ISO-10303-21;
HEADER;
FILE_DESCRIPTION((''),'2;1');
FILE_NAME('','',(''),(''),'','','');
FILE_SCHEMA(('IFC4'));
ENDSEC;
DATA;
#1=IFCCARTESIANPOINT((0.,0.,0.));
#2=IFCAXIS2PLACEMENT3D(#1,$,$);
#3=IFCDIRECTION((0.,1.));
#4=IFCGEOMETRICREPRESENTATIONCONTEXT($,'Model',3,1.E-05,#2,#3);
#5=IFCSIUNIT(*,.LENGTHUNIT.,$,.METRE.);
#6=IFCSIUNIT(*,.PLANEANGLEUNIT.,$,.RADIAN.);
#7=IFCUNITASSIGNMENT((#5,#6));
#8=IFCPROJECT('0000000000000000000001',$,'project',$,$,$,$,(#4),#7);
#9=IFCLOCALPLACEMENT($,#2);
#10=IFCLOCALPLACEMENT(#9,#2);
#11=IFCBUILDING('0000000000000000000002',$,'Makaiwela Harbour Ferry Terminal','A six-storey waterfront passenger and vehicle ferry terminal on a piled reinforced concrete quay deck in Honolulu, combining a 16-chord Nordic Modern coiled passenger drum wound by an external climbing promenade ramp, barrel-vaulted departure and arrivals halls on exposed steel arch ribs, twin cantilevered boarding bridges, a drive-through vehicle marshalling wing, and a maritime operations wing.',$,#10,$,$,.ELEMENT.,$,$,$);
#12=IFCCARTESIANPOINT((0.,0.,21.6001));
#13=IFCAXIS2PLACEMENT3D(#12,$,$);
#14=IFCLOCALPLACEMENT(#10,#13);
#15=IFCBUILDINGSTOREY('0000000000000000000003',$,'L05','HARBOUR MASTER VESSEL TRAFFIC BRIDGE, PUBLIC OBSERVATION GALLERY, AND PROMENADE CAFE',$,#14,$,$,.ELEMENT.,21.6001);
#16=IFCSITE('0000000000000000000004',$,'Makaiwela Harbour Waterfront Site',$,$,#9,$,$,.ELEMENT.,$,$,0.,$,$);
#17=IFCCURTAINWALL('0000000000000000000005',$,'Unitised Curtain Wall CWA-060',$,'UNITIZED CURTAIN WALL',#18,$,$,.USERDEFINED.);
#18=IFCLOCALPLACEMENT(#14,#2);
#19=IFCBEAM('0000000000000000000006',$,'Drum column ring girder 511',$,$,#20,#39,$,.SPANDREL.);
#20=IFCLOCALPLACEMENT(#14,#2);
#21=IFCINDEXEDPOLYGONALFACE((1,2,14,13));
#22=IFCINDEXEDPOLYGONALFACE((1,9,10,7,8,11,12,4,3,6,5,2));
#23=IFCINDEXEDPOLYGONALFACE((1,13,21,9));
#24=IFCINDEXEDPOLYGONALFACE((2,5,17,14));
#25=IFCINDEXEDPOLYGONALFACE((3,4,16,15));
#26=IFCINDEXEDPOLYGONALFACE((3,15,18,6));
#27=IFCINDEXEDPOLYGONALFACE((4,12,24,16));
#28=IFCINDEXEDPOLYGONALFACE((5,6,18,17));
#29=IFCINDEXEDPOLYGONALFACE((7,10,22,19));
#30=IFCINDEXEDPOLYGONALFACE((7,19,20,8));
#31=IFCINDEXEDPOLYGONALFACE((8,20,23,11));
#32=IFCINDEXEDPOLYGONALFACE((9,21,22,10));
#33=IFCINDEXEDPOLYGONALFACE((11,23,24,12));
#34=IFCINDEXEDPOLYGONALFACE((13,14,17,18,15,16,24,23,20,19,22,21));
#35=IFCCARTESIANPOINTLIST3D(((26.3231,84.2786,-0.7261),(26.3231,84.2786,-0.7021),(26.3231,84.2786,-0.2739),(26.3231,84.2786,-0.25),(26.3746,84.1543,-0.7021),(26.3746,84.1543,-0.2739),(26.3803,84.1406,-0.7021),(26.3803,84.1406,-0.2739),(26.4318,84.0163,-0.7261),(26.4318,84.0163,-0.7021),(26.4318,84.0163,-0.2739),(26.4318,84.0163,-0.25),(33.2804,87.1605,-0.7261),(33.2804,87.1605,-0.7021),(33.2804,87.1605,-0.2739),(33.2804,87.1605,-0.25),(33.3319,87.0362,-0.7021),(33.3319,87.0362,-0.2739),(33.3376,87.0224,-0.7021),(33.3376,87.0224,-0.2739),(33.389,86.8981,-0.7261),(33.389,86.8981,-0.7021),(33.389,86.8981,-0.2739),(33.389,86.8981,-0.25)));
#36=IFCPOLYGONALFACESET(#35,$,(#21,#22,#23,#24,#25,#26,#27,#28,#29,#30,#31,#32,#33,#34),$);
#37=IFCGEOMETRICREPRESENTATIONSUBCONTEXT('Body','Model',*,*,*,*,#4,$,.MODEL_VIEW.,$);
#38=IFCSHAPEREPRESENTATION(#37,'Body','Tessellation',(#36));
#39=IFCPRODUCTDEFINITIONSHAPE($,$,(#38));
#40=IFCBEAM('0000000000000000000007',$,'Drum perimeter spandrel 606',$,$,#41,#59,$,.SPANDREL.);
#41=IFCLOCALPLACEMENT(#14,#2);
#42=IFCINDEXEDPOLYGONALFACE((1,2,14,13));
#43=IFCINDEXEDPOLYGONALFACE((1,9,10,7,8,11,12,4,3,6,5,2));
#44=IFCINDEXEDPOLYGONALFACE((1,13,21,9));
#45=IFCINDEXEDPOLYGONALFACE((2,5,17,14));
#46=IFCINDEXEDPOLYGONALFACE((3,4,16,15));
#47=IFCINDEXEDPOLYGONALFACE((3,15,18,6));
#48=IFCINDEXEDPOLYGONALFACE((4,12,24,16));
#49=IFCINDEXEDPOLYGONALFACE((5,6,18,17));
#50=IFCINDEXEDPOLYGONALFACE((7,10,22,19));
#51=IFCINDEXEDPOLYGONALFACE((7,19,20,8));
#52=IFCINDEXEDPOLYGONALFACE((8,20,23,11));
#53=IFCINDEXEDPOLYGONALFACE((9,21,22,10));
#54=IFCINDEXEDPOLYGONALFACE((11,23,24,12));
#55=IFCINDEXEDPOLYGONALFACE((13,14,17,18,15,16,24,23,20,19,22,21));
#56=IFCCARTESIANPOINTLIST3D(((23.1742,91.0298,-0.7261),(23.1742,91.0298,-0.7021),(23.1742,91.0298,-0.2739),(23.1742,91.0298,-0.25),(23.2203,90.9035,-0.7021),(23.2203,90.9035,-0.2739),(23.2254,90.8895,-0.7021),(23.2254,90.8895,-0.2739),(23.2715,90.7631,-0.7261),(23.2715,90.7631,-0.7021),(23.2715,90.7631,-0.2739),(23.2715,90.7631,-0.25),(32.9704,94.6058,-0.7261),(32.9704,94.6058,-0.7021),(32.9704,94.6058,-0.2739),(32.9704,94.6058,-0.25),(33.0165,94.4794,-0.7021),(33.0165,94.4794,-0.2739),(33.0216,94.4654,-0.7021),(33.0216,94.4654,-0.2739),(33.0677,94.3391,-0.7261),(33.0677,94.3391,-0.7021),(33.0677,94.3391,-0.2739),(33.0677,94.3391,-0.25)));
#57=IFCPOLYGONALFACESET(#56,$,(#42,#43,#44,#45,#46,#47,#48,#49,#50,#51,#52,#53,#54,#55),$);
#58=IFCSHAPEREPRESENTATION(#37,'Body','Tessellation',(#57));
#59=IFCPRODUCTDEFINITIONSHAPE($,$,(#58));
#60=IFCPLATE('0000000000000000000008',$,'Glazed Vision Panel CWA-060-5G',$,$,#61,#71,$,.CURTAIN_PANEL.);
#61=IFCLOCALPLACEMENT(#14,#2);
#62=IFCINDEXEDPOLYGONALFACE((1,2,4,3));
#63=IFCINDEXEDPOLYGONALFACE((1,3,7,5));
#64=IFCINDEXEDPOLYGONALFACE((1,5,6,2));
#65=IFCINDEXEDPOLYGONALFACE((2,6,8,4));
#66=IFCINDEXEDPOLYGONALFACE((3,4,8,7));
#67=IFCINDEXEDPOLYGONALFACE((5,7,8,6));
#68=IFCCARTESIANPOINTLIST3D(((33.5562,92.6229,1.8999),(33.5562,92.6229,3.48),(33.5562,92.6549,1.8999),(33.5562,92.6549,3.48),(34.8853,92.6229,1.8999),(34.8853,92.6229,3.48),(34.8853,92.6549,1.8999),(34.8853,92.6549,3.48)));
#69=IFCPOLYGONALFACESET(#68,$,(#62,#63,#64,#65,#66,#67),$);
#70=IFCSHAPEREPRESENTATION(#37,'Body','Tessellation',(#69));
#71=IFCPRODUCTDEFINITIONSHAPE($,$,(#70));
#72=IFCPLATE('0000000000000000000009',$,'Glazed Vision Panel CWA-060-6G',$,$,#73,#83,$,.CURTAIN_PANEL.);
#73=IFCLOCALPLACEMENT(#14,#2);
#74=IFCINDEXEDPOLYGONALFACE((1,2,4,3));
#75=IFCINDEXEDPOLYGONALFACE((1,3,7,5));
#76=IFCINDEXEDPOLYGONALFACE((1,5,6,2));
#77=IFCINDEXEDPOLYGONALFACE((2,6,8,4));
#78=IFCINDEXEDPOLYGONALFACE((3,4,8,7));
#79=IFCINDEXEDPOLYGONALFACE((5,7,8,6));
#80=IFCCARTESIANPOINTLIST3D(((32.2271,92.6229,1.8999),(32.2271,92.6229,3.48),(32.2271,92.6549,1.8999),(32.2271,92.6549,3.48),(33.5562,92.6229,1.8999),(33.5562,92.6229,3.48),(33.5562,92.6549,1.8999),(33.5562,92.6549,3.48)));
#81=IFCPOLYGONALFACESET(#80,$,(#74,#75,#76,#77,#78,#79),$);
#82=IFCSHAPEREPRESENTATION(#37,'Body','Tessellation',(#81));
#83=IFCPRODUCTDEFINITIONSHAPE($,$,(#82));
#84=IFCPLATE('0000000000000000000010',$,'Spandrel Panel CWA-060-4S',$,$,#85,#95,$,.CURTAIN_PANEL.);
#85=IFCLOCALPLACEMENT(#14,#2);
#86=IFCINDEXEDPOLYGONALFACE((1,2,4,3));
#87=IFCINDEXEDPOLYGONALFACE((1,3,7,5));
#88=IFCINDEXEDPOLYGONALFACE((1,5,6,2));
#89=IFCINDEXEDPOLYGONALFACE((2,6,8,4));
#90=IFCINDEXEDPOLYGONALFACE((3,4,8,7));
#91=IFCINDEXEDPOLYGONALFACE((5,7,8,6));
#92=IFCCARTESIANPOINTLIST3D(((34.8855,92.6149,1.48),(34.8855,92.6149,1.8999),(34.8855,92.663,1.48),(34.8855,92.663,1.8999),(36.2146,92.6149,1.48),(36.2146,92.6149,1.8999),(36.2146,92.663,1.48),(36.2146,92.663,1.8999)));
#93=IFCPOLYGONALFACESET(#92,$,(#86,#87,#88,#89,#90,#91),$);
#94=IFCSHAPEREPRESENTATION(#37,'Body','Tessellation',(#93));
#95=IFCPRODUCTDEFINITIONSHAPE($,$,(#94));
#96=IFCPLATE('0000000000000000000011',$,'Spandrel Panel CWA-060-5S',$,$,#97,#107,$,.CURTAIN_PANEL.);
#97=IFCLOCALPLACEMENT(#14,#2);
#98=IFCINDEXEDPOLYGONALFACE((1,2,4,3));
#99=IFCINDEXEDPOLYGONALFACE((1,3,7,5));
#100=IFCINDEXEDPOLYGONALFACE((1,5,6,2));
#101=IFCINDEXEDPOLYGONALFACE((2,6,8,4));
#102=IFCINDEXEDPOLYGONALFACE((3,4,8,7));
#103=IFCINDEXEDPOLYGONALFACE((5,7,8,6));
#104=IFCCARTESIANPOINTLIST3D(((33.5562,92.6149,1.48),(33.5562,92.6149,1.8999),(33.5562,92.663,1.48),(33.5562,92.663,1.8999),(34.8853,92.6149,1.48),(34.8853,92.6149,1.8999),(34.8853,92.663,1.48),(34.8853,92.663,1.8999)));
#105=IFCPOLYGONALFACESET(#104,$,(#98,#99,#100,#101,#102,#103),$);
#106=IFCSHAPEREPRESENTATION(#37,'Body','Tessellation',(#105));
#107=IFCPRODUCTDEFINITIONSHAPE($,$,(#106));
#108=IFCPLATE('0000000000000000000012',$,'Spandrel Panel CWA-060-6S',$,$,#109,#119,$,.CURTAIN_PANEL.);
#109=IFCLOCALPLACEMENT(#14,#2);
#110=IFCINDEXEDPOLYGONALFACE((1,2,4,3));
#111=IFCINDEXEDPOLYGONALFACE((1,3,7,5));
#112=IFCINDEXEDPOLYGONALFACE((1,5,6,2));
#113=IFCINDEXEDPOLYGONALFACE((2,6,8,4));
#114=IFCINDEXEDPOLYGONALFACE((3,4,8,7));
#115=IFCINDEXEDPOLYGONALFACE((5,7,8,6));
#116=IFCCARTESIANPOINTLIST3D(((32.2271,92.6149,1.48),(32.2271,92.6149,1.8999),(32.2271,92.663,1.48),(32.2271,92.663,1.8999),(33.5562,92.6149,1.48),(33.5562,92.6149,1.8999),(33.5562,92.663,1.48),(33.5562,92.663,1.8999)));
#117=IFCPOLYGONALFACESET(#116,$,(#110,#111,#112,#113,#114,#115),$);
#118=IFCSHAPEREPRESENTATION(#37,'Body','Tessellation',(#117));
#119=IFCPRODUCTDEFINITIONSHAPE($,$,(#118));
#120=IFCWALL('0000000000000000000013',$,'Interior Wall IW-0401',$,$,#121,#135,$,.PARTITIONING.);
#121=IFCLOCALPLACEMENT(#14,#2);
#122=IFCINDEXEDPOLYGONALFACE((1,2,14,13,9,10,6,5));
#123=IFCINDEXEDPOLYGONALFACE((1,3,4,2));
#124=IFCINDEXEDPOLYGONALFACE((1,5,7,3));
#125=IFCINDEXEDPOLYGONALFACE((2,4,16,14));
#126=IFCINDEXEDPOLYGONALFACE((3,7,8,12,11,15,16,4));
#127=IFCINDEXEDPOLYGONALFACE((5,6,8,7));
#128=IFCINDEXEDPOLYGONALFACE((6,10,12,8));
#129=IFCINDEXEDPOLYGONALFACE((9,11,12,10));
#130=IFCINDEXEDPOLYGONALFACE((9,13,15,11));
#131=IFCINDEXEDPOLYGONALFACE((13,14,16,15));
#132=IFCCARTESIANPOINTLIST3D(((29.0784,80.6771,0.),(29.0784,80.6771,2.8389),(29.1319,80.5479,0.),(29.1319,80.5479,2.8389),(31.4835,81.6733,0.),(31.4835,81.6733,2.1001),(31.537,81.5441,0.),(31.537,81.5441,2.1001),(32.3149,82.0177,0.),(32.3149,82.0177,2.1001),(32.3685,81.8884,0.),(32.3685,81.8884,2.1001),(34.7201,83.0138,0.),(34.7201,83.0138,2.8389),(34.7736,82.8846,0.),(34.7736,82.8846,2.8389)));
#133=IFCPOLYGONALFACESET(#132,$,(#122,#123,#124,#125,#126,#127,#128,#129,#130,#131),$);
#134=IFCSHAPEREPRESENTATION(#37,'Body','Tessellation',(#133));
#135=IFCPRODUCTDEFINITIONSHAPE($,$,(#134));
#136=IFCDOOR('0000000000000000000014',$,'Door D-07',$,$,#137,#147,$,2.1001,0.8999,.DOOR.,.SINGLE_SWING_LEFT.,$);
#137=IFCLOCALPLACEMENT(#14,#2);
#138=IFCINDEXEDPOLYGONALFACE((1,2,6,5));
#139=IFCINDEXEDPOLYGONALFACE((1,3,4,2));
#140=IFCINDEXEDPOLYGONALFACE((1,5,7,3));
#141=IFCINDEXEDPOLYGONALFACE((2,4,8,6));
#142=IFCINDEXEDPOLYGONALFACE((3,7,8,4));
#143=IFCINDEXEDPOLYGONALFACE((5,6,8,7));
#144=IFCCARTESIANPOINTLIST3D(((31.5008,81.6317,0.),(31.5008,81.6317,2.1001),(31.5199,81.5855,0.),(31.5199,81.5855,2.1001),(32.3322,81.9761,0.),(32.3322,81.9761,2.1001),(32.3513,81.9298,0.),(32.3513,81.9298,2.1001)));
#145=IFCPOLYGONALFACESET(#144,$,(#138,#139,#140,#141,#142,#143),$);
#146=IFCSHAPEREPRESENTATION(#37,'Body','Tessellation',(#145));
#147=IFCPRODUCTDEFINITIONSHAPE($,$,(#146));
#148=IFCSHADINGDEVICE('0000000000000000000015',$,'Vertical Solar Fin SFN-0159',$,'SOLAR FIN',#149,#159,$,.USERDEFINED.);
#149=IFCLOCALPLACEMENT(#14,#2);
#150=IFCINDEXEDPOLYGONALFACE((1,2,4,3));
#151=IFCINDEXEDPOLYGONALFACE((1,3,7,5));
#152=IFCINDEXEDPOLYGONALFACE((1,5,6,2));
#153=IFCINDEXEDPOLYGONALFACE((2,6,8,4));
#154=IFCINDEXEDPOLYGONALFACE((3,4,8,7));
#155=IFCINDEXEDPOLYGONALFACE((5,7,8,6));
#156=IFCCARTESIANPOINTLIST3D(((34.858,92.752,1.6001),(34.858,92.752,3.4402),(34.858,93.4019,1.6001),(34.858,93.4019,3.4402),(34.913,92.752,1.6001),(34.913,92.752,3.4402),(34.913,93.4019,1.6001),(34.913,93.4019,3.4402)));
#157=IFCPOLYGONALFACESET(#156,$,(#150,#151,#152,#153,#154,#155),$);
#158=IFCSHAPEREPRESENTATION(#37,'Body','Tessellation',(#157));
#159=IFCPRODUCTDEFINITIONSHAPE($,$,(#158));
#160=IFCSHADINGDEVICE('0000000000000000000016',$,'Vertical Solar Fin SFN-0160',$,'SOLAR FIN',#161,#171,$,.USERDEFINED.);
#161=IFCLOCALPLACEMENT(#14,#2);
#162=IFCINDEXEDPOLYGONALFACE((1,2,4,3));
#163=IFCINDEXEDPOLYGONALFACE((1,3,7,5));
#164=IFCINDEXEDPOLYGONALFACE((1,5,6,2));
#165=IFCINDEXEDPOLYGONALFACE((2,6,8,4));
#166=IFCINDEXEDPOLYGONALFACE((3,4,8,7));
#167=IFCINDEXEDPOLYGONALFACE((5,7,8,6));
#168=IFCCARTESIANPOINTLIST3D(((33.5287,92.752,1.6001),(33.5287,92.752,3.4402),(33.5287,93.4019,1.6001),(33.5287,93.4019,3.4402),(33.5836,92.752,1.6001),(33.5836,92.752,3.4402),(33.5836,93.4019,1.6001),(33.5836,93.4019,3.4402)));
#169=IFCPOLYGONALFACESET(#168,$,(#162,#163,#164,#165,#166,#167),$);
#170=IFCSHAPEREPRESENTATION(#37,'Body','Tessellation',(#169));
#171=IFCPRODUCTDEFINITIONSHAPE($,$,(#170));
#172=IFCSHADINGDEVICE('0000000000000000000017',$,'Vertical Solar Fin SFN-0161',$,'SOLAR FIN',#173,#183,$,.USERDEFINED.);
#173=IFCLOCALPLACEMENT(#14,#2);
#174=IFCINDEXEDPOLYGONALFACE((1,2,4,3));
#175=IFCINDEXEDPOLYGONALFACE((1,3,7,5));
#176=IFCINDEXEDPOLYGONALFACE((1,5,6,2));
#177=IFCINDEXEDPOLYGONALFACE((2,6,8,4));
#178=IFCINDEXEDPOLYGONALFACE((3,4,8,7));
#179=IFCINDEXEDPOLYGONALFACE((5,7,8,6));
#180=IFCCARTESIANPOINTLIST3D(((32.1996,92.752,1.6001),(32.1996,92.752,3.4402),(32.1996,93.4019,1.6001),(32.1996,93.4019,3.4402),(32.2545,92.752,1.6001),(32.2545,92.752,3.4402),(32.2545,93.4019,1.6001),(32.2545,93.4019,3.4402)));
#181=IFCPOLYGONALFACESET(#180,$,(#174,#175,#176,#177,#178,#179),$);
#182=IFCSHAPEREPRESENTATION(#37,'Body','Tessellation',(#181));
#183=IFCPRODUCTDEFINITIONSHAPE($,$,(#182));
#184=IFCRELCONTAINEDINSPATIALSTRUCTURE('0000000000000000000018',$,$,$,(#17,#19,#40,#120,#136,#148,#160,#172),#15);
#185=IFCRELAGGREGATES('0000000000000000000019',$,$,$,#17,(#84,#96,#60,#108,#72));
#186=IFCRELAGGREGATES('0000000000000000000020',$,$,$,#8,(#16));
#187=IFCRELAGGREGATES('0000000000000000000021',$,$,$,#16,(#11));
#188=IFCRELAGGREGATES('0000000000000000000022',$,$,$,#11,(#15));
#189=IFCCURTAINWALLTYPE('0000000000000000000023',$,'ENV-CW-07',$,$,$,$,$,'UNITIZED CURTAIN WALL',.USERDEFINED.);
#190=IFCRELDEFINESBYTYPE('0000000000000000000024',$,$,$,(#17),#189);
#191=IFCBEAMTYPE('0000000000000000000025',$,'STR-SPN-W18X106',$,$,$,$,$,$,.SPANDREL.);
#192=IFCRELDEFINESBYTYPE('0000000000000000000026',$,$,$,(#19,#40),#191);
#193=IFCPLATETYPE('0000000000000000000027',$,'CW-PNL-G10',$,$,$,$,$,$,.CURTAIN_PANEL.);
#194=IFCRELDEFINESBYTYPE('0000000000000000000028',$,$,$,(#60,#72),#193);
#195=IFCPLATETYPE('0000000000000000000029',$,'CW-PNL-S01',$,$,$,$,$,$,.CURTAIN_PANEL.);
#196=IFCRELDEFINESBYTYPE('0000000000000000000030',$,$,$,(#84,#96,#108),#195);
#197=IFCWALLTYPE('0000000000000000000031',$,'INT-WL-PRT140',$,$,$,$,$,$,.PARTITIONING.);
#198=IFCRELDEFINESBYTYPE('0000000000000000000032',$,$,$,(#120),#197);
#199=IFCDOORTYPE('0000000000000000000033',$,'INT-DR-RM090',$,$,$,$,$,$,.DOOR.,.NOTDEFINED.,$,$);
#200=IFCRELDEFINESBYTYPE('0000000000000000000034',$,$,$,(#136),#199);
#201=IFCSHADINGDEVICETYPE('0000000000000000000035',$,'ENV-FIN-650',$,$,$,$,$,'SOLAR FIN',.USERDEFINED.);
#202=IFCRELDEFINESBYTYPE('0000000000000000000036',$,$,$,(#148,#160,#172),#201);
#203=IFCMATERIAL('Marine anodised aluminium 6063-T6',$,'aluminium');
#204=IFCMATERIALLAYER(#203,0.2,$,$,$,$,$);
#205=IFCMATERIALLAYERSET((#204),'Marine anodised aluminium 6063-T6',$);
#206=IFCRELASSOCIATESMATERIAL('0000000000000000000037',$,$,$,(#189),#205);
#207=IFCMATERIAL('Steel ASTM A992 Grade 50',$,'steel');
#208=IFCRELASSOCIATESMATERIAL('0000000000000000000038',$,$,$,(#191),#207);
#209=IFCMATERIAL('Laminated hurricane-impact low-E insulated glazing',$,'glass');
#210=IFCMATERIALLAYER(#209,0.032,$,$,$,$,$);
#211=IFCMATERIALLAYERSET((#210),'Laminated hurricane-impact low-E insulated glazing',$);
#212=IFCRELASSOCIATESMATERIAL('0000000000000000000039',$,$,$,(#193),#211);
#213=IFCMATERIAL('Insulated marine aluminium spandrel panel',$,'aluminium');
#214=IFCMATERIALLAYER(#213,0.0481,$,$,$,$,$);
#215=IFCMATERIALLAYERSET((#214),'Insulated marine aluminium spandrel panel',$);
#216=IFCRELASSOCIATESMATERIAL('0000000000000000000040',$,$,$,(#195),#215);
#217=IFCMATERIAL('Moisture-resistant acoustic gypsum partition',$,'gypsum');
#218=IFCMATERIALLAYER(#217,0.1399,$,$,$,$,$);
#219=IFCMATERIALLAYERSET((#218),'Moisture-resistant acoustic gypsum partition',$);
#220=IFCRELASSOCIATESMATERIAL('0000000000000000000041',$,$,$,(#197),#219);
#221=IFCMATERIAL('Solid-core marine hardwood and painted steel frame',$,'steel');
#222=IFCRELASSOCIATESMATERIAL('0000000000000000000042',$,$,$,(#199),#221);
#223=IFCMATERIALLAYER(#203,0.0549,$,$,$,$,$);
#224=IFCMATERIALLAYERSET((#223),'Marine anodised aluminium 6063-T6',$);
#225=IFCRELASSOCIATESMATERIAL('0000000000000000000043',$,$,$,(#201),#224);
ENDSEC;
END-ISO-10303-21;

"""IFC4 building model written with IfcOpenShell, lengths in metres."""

from ifc_helpers import new_model, si_unit, direction, frame, frame_2d, origin, origin_2d, place, context, subcontext, project, spatial, rectangle, i_section, extrude, material, layer, layer_set, material_profile, profile_set, type_object, element, fill, aggregate, save


model = new_model("IFC4")

# Units and contexts
model_context = context("Model", 3, precision=1e-05, world=origin(), true_north=direction((0.0, 1.0)))
body_context = subcontext(model_context, "Body", "Model", "MODEL_VIEW")
ifc_project = project(units=[si_unit("LENGTHUNIT", "METRE"), si_unit("PLANEANGLEUNIT", "RADIAN")], contexts=[model_context])

# Site, building, storey
site_placement = place(None, origin())
site = spatial("IfcSite", under=ifc_project, at=site_placement, Name="Makaiwela Harbour Waterfront Site", CompositionType="ELEMENT", RefElevation=0.0)
building_placement = place(site_placement, origin())
building = spatial("IfcBuilding", under=site, at=building_placement, Name="Makaiwela Harbour Ferry Terminal", Description="A six-storey waterfront passenger and vehicle ferry terminal on a piled reinforced concrete quay deck in Honolulu, combining a 16-chord Nordic Modern coiled passenger drum wound by an external climbing promenade ramp, barrel-vaulted departure and arrivals halls on exposed steel arch ribs, twin cantilevered boarding bridges, a drive-through vehicle marshalling wing, and a maritime operations wing.", CompositionType="ELEMENT")
storey_placement = place(building_placement, frame((0.0, 0.0, 21.6001)))
storey = spatial("IfcBuildingStorey", under=building, at=storey_placement, Name="L05", Description="HARBOUR MASTER VESSEL TRAFFIC BRIDGE, PUBLIC OBSERVATION GALLERY, AND PROMENADE CAFE", CompositionType="ELEMENT", Elevation=21.6001)

# Shared definitions
ifc_material_1 = material(Name="Steel ASTM A992 Grade 50", Category="steel")

# Curtain wall
ifc_material_2 = material(Name="Marine anodised aluminium 6063-T6", Category="aluminium")
ifc_layer_1 = layer(ifc_material_2, 0.2)
ifc_layer_set_1 = layer_set([ifc_layer_1], Name="Marine anodised aluminium 6063-T6")
curtain_wall_type = type_object("IfcCurtainWallType", Name="ENV-CW-07", ElementType="UNITIZED CURTAIN WALL", PredefinedType="USERDEFINED", material=ifc_layer_set_1)
curtain_wall_placement = place(storey_placement, origin())
curtain_wall = element("IfcCurtainWall", 1, at=curtain_wall_placement, inside=storey, type_object=curtain_wall_type, Name="Unitised Curtain Wall CWA-060", ObjectType="UNITIZED CURTAIN WALL", PredefinedType="USERDEFINED")

# Beams
ifc_material_profile_1 = material_profile(ifc_material_1, i_section(OverallWidth=0.2839, OverallDepth=0.4761, WebThickness=0.0149, FlangeThickness=0.0239, at=origin_2d()), Name="W18X106")
ifc_profile_set_1 = profile_set([ifc_material_profile_1], Name="Steel ASTM A992 Grade 50")
beam_type_1 = type_object("IfcBeamType", Name="STR-SPN-W18X106", PredefinedType="SPANDREL", material=ifc_profile_set_1)
beam_1_placement = place(storey_placement, frame((33.3347, 87.0293, -0.488), z_axis=(-0.923878, -0.382688, 0.0), x_axis=(0.382688, -0.923878, 0.0)))
element("IfcBeam", 2, at=beam_1_placement, inside=storey, type_object=beam_type_1, Name="Drum column ring girder 511", PredefinedType="SPANDREL", context=body_context, shape_type="SweptSolid", body=[
    extrude(i_section(OverallWidth=0.2839, OverallDepth=0.4761, WebThickness=0.0149, FlangeThickness=0.0239, at=origin_2d()), origin(), (0.0, 0.0, 1.0), 7.5305),
])
beam_2_placement = place(storey_placement, frame((33.019, 94.4724, -0.488), z_axis=(-0.939371, -0.342903, 0.0), x_axis=(0.342903, -0.939371, 0.0)))
element("IfcBeam", 3, at=beam_2_placement, inside=storey, type_object=beam_type_1, Name="Drum perimeter spandrel 606", PredefinedType="SPANDREL", context=body_context, shape_type="SweptSolid", body=[
    extrude(i_section(OverallWidth=0.2839, OverallDepth=0.4761, WebThickness=0.0149, FlangeThickness=0.0239, at=origin_2d()), origin(), (0.0, 0.0, 1.0), 10.4285),
])

# Plates
ifc_material_3 = material(Name="Laminated hurricane-impact low-E insulated glazing", Category="glass")
ifc_layer_2 = layer(ifc_material_3, 0.032)
ifc_layer_set_2 = layer_set([ifc_layer_2], Name="Laminated hurricane-impact low-E insulated glazing")
plate_type_1 = type_object("IfcPlateType", Name="CW-PNL-G10", PredefinedType="CURTAIN_PANEL", material=ifc_layer_set_2)
plate_1_placement = place(storey_placement, frame((34.2207, 92.6389, 1.8999), z_axis=(0.0, 0.0, 1.0), x_axis=(-1.0, 0.0, 0.0)))
plate_1 = element("IfcPlate", 4, at=plate_1_placement, type_object=plate_type_1, Name="Glazed Vision Panel CWA-060-5G", PredefinedType="CURTAIN_PANEL", context=body_context, shape_type="SweptSolid", body=[
    extrude(rectangle(XDim=1.3291, YDim=0.032, at=origin_2d()), origin(), (0.0, 0.0, 1.0), 1.5801),
])
plate_2_placement = place(storey_placement, frame((32.8916, 92.6389, 1.8999), z_axis=(0.0, 0.0, 1.0), x_axis=(-1.0, 0.0, 0.0)))
plate_2 = element("IfcPlate", 5, at=plate_2_placement, type_object=plate_type_1, Name="Glazed Vision Panel CWA-060-6G", PredefinedType="CURTAIN_PANEL", context=body_context, shape_type="SweptSolid", body=[
    extrude(rectangle(XDim=1.3291, YDim=0.032, at=origin_2d()), origin(), (0.0, 0.0, 1.0), 1.5801),
])
ifc_material_4 = material(Name="Insulated marine aluminium spandrel panel", Category="aluminium")
ifc_layer_3 = layer(ifc_material_4, 0.0481)
ifc_layer_set_3 = layer_set([ifc_layer_3], Name="Insulated marine aluminium spandrel panel")
plate_type_2 = type_object("IfcPlateType", Name="CW-PNL-S01", PredefinedType="CURTAIN_PANEL", material=ifc_layer_set_3)
plate_3_placement = place(storey_placement, frame((35.55, 92.6389, 1.48), z_axis=(0.0, 0.0, 1.0), x_axis=(-1.0, 0.0, 0.0)))
plate_3 = element("IfcPlate", 6, at=plate_3_placement, type_object=plate_type_2, Name="Spandrel Panel CWA-060-4S", PredefinedType="CURTAIN_PANEL", context=body_context, shape_type="SweptSolid", body=[
    extrude(rectangle(XDim=1.3291, YDim=0.0481, at=origin_2d()), origin(), (0.0, 0.0, 1.0), 0.4199),
])
plate_4_placement = place(storey_placement, frame((34.2207, 92.6389, 1.48), z_axis=(0.0, 0.0, 1.0), x_axis=(-1.0, 0.0, 0.0)))
plate_4 = element("IfcPlate", 7, at=plate_4_placement, type_object=plate_type_2, Name="Spandrel Panel CWA-060-5S", PredefinedType="CURTAIN_PANEL", context=body_context, shape_type="SweptSolid", body=[
    extrude(rectangle(XDim=1.3291, YDim=0.0481, at=origin_2d()), origin(), (0.0, 0.0, 1.0), 0.4199),
])
plate_5_placement = place(storey_placement, frame((32.8916, 92.6389, 1.48), z_axis=(0.0, 0.0, 1.0), x_axis=(-1.0, 0.0, 0.0)))
plate_5 = element("IfcPlate", 8, at=plate_5_placement, type_object=plate_type_2, Name="Spandrel Panel CWA-060-6S", PredefinedType="CURTAIN_PANEL", context=body_context, shape_type="SweptSolid", body=[
    extrude(rectangle(XDim=1.3291, YDim=0.0481, at=origin_2d()), origin(), (0.0, 0.0, 1.0), 0.4199),
])
aggregate(curtain_wall, [plate_3, plate_4, plate_1, plate_5, plate_2])

# Wall, opening, door
ifc_material_5 = material(Name="Moisture-resistant acoustic gypsum partition", Category="gypsum")
ifc_layer_4 = layer(ifc_material_5, 0.1399)
ifc_layer_set_4 = layer_set([ifc_layer_4], Name="Moisture-resistant acoustic gypsum partition")
wall_type = type_object("IfcWallType", Name="INT-WL-PRT140", PredefinedType="PARTITIONING", material=ifc_layer_set_4)
wall_placement = place(storey_placement, frame((34.7468, 82.9492, 0.0), z_axis=(0.0, 0.0, 1.0), x_axis=(-0.923889, -0.382661, 0.0)))
wall = element("IfcWall", 9, at=wall_placement, inside=storey, type_object=wall_type, Name="Interior Wall IW-0401", PredefinedType="PARTITIONING", context=body_context, shape_type="SweptSolid", body=[
    extrude(rectangle(XDim=6.1064, YDim=0.1399, at=frame_2d((3.0532, 0.0))), origin(), (0.0, 0.0, 1.0), 2.8389),
])
opening_placement = place(wall_placement, frame((2.6033, 0.0, 0.0)))
opening = element("IfcOpeningElement", 10, at=opening_placement, cuts=wall, PredefinedType="OPENING", context=body_context, shape_type="SweptSolid", body=[
    extrude(rectangle(XDim=0.8999, YDim=2.1001, at=frame_2d((0.45, 1.05))), frame((0.0, 0.0798, 0.0), z_axis=(0.0, -1.0, 0.0), x_axis=(1.0, 0.0, 0.0)), (0.0, 0.0, 1.0), 0.1599),
])
ifc_material_6 = material(Name="Solid-core marine hardwood and painted steel frame", Category="steel")
door_type = type_object("IfcDoorType", Name="INT-DR-RM090", OperationType="NOTDEFINED", PredefinedType="DOOR", material=ifc_material_6)
door_placement = place(opening_placement, frame((0.8999, 0.0, 0.0), z_axis=(0.0, 0.0, 1.0), x_axis=(-1.0, 0.0, 0.0)))
door = element("IfcDoor", 11, at=door_placement, inside=storey, type_object=door_type, Name="Door D-07", OperationType="SINGLE_SWING_LEFT", OverallHeight=2.1001, OverallWidth=0.8999, PredefinedType="DOOR", context=body_context, shape_type="SweptSolid", body=[
    extrude(rectangle(XDim=0.8999, YDim=2.1001, at=frame_2d((0.45, 1.05))), frame((0.0, 0.0249, 0.0), z_axis=(0.0, -1.0, 0.0), x_axis=(1.0, 0.0, 0.0)), (0.0, 0.0, 1.0), 0.05),
])
fill(opening, door)

# Shading devices
ifc_layer_5 = layer(ifc_material_2, 0.0549)
ifc_layer_set_5 = layer_set([ifc_layer_5], Name="Marine anodised aluminium 6063-T6")
shading_device_type = type_object("IfcShadingDeviceType", Name="ENV-FIN-650", ElementType="SOLAR FIN", PredefinedType="USERDEFINED", material=ifc_layer_set_5)
for number, where, z_axis, x_axis, name in (
    (12, (34.8855, 93.0769, 1.6001), (0.0, 0.0, 1.0), (0.0, 1.0, 0.0), "Vertical Solar Fin SFN-0159"),
    (13, (33.5562, 93.0769, 1.6001), (0.0, 0.0, 1.0), (0.0, 1.0, 0.0), "Vertical Solar Fin SFN-0160"),
    (14, (32.2271, 93.0769, 1.6001), (0.0, 0.0, 1.0), (0.0, 1.0, 0.0), "Vertical Solar Fin SFN-0161"),
):
    element("IfcShadingDevice", number, at=place(storey_placement, frame(where, z_axis=z_axis, x_axis=x_axis)), inside=storey, type_object=shading_device_type, Name=name, ObjectType="SOLAR FIN", PredefinedType="USERDEFINED", context=body_context, shape_type="SweptSolid", body=[
        extrude(rectangle(XDim=0.6499, YDim=0.0549, at=origin_2d()), origin(), (0.0, 0.0, 1.0), 1.8401),
    ])

save(model, "model.ifc")
